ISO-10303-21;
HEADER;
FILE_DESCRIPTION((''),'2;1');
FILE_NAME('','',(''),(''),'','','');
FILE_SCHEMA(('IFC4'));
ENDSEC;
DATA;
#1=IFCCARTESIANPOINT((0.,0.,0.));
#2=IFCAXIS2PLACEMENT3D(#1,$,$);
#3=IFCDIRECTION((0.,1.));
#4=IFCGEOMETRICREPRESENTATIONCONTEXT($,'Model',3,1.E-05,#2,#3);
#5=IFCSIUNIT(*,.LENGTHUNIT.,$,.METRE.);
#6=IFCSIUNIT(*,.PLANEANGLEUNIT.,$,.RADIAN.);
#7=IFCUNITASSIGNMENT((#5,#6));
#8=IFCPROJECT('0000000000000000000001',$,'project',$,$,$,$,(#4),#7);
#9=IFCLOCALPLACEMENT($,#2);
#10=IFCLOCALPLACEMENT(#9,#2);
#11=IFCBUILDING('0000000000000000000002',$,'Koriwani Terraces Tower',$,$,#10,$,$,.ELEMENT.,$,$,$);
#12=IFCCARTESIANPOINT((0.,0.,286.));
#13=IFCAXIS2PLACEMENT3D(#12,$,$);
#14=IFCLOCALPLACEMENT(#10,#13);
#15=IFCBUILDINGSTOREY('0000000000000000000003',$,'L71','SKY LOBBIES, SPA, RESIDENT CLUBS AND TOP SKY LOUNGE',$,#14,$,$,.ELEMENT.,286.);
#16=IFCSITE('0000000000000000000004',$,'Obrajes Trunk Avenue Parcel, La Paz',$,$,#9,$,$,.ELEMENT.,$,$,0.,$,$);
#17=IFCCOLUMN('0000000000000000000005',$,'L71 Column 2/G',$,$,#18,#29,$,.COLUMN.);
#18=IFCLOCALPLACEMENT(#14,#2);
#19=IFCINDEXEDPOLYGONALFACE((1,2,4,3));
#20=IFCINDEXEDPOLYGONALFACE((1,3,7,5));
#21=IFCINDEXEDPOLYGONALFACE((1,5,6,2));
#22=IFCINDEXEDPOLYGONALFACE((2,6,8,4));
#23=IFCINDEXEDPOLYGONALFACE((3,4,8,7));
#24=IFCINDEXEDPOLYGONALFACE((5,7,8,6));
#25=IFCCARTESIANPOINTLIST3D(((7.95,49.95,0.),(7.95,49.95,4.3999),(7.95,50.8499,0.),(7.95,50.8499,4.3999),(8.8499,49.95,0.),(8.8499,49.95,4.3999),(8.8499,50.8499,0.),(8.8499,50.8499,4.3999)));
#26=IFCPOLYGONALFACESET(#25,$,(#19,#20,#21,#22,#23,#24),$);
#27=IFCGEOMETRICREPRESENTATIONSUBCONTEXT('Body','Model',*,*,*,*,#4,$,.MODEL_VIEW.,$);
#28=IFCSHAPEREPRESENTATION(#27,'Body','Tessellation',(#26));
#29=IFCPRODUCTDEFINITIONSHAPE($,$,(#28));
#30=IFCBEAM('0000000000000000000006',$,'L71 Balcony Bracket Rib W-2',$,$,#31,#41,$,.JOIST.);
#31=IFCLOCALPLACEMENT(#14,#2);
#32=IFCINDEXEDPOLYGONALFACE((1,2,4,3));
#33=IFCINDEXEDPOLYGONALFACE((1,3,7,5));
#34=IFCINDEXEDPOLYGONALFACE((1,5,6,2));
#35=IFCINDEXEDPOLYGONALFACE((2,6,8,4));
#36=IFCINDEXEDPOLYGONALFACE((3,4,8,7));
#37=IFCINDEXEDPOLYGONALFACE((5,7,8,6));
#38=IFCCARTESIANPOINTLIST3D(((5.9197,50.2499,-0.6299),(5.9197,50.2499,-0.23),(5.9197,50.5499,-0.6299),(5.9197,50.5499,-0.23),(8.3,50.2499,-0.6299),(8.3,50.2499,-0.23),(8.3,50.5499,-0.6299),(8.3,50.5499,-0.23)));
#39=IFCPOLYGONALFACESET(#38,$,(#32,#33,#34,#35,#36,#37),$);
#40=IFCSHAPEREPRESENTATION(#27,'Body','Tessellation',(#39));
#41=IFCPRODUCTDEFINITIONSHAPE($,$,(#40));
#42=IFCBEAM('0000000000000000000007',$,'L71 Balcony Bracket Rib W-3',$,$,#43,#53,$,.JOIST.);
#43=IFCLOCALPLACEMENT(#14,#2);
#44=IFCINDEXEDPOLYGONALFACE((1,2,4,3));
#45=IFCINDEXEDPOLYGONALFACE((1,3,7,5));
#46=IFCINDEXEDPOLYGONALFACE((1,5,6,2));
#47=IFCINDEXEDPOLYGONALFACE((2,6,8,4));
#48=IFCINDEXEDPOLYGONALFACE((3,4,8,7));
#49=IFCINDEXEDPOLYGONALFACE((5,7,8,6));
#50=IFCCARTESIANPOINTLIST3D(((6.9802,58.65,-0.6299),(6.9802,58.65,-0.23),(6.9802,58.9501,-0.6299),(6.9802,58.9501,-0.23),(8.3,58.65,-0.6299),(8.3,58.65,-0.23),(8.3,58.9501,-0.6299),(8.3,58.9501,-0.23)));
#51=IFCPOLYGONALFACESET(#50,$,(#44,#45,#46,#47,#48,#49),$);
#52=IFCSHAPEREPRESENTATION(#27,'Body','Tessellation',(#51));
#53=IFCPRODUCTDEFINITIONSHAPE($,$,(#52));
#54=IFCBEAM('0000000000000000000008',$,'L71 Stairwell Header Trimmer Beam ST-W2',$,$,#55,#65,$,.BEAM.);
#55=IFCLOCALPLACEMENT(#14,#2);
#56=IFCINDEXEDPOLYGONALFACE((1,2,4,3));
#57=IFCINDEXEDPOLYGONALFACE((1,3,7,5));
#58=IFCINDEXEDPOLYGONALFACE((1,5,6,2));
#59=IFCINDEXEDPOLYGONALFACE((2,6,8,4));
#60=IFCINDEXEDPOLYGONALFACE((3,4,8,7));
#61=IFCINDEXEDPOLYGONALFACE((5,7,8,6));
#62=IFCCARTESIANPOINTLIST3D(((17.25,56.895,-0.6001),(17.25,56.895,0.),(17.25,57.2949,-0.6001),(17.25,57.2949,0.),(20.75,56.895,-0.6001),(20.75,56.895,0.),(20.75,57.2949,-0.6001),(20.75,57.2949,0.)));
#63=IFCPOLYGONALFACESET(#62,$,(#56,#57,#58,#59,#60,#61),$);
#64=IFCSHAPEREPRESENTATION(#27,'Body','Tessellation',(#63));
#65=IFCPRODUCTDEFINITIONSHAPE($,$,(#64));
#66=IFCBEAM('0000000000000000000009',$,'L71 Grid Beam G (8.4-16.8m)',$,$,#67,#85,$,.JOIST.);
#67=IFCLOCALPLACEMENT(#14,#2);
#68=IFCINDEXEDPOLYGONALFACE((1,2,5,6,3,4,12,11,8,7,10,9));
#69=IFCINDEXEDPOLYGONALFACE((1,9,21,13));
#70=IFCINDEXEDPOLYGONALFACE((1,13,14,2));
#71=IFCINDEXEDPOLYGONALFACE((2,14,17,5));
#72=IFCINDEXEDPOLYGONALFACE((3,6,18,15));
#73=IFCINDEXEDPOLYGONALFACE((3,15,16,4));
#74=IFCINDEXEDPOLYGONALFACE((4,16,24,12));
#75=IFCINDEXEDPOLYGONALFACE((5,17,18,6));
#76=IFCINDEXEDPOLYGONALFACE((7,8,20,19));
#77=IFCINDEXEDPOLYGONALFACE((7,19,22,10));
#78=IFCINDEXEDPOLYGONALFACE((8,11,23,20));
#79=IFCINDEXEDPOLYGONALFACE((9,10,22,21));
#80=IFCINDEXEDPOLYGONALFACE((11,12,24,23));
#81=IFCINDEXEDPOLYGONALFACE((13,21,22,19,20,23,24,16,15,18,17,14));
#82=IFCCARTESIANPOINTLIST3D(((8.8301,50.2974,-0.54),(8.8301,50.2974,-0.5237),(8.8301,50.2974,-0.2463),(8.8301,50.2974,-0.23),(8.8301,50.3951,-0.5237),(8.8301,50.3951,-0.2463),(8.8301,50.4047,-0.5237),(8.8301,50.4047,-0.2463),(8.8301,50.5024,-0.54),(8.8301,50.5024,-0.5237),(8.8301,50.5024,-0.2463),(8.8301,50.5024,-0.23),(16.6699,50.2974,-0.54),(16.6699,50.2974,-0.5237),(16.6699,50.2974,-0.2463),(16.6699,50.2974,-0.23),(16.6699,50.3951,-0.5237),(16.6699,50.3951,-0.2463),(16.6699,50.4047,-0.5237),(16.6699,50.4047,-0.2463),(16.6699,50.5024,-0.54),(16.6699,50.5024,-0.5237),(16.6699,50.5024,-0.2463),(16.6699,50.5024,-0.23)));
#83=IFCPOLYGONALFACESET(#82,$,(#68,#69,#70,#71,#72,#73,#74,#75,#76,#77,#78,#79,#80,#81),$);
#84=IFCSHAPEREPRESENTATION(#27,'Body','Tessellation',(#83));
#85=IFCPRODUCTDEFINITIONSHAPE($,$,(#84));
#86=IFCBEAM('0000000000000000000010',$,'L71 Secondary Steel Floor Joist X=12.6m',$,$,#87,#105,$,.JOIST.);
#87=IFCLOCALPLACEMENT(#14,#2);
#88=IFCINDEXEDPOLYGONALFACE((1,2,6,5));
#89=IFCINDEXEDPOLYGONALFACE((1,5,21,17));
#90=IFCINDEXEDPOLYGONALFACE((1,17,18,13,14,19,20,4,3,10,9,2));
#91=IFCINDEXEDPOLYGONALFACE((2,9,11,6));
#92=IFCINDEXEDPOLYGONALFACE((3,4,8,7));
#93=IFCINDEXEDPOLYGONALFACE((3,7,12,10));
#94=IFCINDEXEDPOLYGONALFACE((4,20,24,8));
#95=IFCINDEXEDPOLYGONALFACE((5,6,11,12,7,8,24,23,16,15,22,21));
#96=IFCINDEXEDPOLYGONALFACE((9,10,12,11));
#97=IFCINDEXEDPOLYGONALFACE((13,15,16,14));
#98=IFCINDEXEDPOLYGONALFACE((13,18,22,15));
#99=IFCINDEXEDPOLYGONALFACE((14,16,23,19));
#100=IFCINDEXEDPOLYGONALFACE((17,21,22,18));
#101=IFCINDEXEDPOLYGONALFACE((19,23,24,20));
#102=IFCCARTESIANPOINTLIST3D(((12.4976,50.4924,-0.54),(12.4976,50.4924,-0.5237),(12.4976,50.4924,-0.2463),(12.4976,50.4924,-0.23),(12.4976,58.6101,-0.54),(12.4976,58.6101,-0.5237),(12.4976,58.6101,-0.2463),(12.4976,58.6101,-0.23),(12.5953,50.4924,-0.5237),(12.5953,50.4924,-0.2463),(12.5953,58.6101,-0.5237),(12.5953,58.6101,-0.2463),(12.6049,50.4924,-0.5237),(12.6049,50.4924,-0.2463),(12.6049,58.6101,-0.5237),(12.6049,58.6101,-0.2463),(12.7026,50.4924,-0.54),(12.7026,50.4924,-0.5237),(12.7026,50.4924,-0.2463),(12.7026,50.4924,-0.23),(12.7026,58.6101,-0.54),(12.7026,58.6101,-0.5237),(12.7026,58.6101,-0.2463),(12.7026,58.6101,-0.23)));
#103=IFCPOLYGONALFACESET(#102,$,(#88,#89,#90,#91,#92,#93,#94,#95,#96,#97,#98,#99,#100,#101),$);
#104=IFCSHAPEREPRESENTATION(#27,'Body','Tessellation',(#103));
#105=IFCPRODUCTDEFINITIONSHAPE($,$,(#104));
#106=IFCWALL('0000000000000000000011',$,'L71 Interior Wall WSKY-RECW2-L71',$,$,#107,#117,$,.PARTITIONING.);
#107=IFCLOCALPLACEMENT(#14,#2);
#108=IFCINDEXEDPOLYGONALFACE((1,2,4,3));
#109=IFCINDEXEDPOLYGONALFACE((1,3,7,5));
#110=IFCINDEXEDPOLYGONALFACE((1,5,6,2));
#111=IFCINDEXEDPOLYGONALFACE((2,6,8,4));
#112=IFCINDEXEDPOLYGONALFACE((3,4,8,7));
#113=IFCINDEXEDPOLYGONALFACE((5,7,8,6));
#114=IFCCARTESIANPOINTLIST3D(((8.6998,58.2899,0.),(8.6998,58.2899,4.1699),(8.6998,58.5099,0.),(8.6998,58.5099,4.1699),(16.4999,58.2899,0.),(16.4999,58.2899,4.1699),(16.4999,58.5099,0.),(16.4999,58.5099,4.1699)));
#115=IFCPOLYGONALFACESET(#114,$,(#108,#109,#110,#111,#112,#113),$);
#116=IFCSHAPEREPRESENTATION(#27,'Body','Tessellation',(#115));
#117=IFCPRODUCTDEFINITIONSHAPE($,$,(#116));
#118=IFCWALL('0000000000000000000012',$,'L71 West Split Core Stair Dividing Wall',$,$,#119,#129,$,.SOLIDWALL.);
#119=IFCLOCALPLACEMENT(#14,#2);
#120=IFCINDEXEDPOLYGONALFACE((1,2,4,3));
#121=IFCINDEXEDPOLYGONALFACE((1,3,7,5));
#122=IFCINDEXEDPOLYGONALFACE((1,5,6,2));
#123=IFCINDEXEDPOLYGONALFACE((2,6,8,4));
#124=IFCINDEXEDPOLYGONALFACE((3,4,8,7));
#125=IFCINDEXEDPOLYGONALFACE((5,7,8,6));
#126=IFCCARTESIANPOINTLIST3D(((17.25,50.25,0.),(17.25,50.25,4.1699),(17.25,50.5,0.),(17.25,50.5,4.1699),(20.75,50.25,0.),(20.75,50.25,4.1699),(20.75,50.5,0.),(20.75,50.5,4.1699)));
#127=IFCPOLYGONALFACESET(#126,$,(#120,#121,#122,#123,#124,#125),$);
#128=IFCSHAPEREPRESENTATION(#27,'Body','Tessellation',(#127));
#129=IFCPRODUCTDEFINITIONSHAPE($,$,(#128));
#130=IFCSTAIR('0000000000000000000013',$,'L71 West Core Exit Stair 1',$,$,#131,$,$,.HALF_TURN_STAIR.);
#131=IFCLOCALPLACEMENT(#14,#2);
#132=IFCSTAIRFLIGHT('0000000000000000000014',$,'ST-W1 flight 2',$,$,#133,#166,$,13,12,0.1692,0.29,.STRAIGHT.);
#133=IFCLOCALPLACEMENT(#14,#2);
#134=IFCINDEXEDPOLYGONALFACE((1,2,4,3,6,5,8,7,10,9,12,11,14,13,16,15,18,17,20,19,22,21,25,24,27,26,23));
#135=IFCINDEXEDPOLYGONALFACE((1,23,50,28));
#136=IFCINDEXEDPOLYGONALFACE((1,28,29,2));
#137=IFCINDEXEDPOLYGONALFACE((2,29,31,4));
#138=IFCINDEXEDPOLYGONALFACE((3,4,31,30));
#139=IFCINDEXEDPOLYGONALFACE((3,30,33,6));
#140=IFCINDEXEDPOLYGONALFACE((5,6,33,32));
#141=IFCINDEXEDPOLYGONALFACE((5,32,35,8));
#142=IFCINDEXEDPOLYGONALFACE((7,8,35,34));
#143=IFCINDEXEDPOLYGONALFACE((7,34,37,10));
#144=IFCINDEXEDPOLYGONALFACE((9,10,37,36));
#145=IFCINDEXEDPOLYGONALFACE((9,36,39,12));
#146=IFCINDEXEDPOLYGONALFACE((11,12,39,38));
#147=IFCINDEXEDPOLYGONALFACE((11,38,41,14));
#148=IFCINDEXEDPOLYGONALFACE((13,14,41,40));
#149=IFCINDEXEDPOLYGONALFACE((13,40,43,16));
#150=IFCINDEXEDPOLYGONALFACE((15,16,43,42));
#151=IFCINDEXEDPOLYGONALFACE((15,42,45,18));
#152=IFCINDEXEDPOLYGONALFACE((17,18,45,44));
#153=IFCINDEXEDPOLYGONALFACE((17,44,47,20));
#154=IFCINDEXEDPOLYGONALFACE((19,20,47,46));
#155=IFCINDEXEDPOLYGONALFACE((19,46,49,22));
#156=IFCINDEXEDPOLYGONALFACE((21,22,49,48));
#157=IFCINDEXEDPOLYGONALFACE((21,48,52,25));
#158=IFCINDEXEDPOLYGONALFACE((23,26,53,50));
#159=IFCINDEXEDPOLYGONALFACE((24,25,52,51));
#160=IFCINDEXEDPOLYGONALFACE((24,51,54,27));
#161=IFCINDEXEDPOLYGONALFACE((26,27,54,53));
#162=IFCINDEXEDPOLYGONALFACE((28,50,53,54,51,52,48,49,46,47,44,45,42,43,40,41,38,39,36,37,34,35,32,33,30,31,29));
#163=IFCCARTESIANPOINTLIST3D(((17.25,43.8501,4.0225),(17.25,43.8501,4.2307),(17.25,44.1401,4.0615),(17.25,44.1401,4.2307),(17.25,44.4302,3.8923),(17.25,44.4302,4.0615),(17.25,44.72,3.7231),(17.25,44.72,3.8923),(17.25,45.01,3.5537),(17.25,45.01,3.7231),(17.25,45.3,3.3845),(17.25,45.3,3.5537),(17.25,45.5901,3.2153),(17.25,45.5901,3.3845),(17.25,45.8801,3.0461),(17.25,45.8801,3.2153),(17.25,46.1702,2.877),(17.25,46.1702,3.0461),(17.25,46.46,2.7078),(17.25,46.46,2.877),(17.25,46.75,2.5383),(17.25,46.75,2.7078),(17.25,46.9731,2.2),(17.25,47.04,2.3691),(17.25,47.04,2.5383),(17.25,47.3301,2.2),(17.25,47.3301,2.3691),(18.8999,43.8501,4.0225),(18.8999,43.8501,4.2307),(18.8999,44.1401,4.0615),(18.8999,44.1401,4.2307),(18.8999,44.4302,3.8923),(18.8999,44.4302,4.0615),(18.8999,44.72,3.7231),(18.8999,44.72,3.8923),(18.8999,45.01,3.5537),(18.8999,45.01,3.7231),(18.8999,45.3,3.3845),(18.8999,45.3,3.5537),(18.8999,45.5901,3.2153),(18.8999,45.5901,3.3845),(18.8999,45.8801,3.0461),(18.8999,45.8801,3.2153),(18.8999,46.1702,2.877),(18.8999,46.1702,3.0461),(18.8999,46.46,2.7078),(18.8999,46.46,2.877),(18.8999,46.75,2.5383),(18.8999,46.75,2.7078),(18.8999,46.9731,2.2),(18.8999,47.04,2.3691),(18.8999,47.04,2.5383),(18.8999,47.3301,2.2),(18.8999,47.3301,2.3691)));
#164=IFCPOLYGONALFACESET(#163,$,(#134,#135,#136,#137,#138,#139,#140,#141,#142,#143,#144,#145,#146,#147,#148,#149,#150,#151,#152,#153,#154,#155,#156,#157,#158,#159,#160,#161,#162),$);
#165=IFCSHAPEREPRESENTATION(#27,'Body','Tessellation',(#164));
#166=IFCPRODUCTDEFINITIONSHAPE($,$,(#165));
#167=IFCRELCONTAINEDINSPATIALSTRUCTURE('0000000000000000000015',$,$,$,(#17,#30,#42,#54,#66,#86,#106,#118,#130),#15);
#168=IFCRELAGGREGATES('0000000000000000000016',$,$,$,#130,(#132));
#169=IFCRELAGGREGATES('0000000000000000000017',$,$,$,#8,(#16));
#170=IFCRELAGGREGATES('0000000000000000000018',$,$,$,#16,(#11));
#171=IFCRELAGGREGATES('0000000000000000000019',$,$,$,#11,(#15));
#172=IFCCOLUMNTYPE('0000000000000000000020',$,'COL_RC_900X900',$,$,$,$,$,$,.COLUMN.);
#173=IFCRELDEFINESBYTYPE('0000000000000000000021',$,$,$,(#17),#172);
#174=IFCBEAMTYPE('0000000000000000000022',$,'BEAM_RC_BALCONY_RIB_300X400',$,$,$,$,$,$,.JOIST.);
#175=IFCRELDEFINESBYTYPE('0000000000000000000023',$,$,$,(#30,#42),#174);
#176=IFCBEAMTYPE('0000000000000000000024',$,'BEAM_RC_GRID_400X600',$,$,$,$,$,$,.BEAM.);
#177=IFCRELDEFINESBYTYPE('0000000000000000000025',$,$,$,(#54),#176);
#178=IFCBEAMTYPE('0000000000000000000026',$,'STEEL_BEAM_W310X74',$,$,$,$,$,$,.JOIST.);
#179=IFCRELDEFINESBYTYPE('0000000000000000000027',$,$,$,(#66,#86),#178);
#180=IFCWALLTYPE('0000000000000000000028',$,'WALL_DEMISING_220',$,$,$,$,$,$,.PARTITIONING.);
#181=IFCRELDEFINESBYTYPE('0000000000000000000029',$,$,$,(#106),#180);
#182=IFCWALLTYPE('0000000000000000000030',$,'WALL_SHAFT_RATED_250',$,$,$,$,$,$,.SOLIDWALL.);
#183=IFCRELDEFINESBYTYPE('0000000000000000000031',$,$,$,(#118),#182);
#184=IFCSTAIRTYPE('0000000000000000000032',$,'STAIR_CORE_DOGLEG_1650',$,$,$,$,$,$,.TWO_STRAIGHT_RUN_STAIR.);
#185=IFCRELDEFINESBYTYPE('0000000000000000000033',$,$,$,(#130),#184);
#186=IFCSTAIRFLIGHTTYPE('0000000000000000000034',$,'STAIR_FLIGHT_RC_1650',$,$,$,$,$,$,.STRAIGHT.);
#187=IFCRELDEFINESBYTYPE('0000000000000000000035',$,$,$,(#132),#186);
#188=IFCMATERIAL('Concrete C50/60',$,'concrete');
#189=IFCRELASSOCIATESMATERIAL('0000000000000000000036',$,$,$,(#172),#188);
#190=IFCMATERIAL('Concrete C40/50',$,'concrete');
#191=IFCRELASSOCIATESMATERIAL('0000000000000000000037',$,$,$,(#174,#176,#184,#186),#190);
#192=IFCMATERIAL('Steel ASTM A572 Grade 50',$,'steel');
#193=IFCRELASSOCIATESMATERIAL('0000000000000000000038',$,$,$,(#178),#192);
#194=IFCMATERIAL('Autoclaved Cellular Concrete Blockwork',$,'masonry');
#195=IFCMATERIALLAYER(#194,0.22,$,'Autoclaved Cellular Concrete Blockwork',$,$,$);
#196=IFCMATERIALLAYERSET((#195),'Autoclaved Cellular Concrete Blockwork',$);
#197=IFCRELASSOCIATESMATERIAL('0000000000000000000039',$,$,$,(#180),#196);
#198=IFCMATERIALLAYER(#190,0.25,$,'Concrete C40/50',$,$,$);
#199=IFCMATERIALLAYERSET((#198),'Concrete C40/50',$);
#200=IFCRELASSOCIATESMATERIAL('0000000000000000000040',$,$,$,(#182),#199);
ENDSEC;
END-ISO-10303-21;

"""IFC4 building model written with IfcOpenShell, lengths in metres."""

from ifc_helpers import new_model, si_unit, direction, frame, frame_2d, origin, origin_2d, place, context, subcontext, project, spatial, polyline, rectangle, i_section, outline, extrude, material, layer, layer_set, material_profile, profile_set, type_object, element, aggregate, save


model = new_model("IFC4")

# Units and contexts
model_context = context("Model", 3, precision=1e-05, world=origin(), true_north=direction((0.0, 1.0)))
body_context = subcontext(model_context, "Body", "Model", "MODEL_VIEW")
ifc_project = project(units=[si_unit("LENGTHUNIT", "METRE"), si_unit("PLANEANGLEUNIT", "RADIAN")], contexts=[model_context])

# Site, building, storey
site_placement = place(None, origin())
site = spatial("IfcSite", under=ifc_project, at=site_placement, Name="Obrajes Trunk Avenue Parcel, La Paz", CompositionType="ELEMENT", RefElevation=0.0)
building_placement = place(site_placement, origin())
building = spatial("IfcBuilding", under=site, at=building_placement, Name="Koriwani Terraces Tower", CompositionType="ELEMENT")
storey_placement = place(building_placement, frame((0.0, 0.0, 286.0)))
storey = spatial("IfcBuildingStorey", under=building, at=storey_placement, Name="L71", Description="SKY LOBBIES, SPA, RESIDENT CLUBS AND TOP SKY LOUNGE", CompositionType="ELEMENT", Elevation=286.0)

# Column
ifc_material_1 = material(Name="Concrete C50/60", Category="concrete")
ifc_material_profile_1 = material_profile(ifc_material_1, rectangle(XDim=0.8999, YDim=0.8999, at=origin_2d()), Name="Concrete C50/60", Category="LoadBearing")
ifc_profile_set_1 = profile_set([ifc_material_profile_1], Name="Concrete C50/60")
column_type = type_object("IfcColumnType", Name="COL_RC_900X900", PredefinedType="COLUMN", material=ifc_profile_set_1)
column_placement = place(storey_placement, frame((8.3999, 50.3999, 0.0), z_axis=(0.0, 0.0, 1.0), x_axis=(1.0, 0.0, 0.0)))
element("IfcColumn", 1, at=column_placement, inside=storey, type_object=column_type, Name="L71 Column 2/G", PredefinedType="COLUMN", context=body_context, shape_type="SweptSolid", body=[
    extrude(rectangle(XDim=0.8999, YDim=0.8999, at=origin_2d()), origin(), (0.0, 0.0, 1.0), 4.3999),
])

# Beams
ifc_material_2 = material(Name="Concrete C40/50", Category="concrete")
ifc_material_profile_2 = material_profile(ifc_material_2, rectangle(XDim=0.3, YDim=0.3999, at=origin_2d()), Name="Concrete C40/50", Category="LoadBearing")
ifc_profile_set_2 = profile_set([ifc_material_profile_2], Name="Concrete C40/50")
beam_type_1 = type_object("IfcBeamType", Name="BEAM_RC_BALCONY_RIB_300X400", PredefinedType="JOIST", material=ifc_profile_set_2)
beam_1_placement = place(storey_placement, frame((5.9197, 50.3999, -0.4299), z_axis=(1.0, 0.0, 0.0), x_axis=(0.0, 1.0, 0.0)))
element("IfcBeam", 2, at=beam_1_placement, inside=storey, type_object=beam_type_1, Name="L71 Balcony Bracket Rib W-2", PredefinedType="JOIST", context=body_context, shape_type="SweptSolid", body=[
    extrude(rectangle(XDim=0.3, YDim=0.3999, at=origin_2d()), origin(), (0.0, 0.0, 1.0), 2.3804),
])
beam_2_placement = place(storey_placement, frame((6.9802, 58.8, -0.4299), z_axis=(1.0, 0.0, 0.0), x_axis=(0.0, 1.0, 0.0)))
element("IfcBeam", 3, at=beam_2_placement, inside=storey, type_object=beam_type_1, Name="L71 Balcony Bracket Rib W-3", PredefinedType="JOIST", context=body_context, shape_type="SweptSolid", body=[
    extrude(rectangle(XDim=0.3, YDim=0.3999, at=origin_2d()), origin(), (0.0, 0.0, 1.0), 1.3198),
])
ifc_material_profile_3 = material_profile(ifc_material_2, rectangle(XDim=0.3999, YDim=0.6001, at=origin_2d()), Name="Concrete C40/50", Category="LoadBearing")
ifc_profile_set_3 = profile_set([ifc_material_profile_3], Name="Concrete C40/50")
beam_type_2 = type_object("IfcBeamType", Name="BEAM_RC_GRID_400X600", PredefinedType="BEAM", material=ifc_profile_set_3)
beam_3_placement = place(storey_placement, frame((17.25, 57.095, -0.3), z_axis=(1.0, 0.0, 0.0), x_axis=(0.0, 1.0, 0.0)))
element("IfcBeam", 4, at=beam_3_placement, inside=storey, type_object=beam_type_2, Name="L71 Stairwell Header Trimmer Beam ST-W2", PredefinedType="BEAM", context=body_context, shape_type="SweptSolid", body=[
    extrude(rectangle(XDim=0.3999, YDim=0.6001, at=origin_2d()), origin(), (0.0, 0.0, 1.0), 3.5),
])
ifc_material_3 = material(Name="Steel ASTM A572 Grade 50", Category="steel")
ifc_material_profile_4 = material_profile(ifc_material_3, i_section(OverallWidth=0.2051, OverallDepth=0.3101, WebThickness=0.0095, FlangeThickness=0.0164, at=origin_2d()), Name="Steel ASTM A572 Grade 50", Category="LoadBearing")
ifc_profile_set_4 = profile_set([ifc_material_profile_4], Name="Steel ASTM A572 Grade 50")
beam_type_3 = type_object("IfcBeamType", Name="STEEL_BEAM_W310X74", PredefinedType="JOIST", material=ifc_profile_set_4)
beam_4_placement = place(storey_placement, frame((8.8301, 50.3999, -0.385), z_axis=(1.0, 0.0, 0.0), x_axis=(0.0, 1.0, 0.0)))
element("IfcBeam", 5, at=beam_4_placement, inside=storey, type_object=beam_type_3, Name="L71 Grid Beam G (8.4-16.8m)", PredefinedType="JOIST", context=body_context, shape_type="SweptSolid", body=[
    extrude(i_section(OverallWidth=0.2051, OverallDepth=0.3101, WebThickness=0.0095, FlangeThickness=0.0164, at=origin_2d()), origin(), (0.0, 0.0, 1.0), 7.8398),
])
beam_5_placement = place(storey_placement, frame((12.6001, 50.4924, -0.385), z_axis=(0.0, 1.0, 0.0), x_axis=(-1.0, 0.0, 0.0)))
element("IfcBeam", 6, at=beam_5_placement, inside=storey, type_object=beam_type_3, Name="L71 Secondary Steel Floor Joist X=12.6m", PredefinedType="JOIST", context=body_context, shape_type="SweptSolid", body=[
    extrude(i_section(OverallWidth=0.2051, OverallDepth=0.3101, WebThickness=0.0095, FlangeThickness=0.0164, at=origin_2d()), origin(), (0.0, 0.0, 1.0), 8.1177),
])

# Walls
ifc_material_4 = material(Name="Autoclaved Cellular Concrete Blockwork", Category="masonry")
ifc_layer_1 = layer(ifc_material_4, 0.22, Name="Autoclaved Cellular Concrete Blockwork")
ifc_layer_set_1 = layer_set([ifc_layer_1], Name="Autoclaved Cellular Concrete Blockwork")
wall_type_1 = type_object("IfcWallType", Name="WALL_DEMISING_220", PredefinedType="PARTITIONING", material=ifc_layer_set_1)
wall_1_placement = place(storey_placement, frame((8.7, 58.3999, 0.0), z_axis=(0.0, 0.0, 1.0), x_axis=(1.0, 0.0, 0.0)))
element("IfcWall", 7, at=wall_1_placement, inside=storey, type_object=wall_type_1, Name="L71 Interior Wall WSKY-RECW2-L71", PredefinedType="PARTITIONING", context=body_context, shape_type="SweptSolid", body=[
    extrude(rectangle(XDim=7.8, YDim=0.22, at=frame_2d((3.8999, 0.0))), origin(), (0.0, 0.0, 1.0), 4.1699),
])
ifc_layer_2 = layer(ifc_material_2, 0.25, Name="Concrete C40/50")
ifc_layer_set_2 = layer_set([ifc_layer_2], Name="Concrete C40/50")
wall_type_2 = type_object("IfcWallType", Name="WALL_SHAFT_RATED_250", PredefinedType="SOLIDWALL", material=ifc_layer_set_2)
wall_2_placement = place(storey_placement, frame((17.25, 50.375, 0.0), z_axis=(0.0, 0.0, 1.0), x_axis=(1.0, 0.0, 0.0)))
element("IfcWall", 8, at=wall_2_placement, inside=storey, type_object=wall_type_2, Name="L71 West Split Core Stair Dividing Wall", PredefinedType="SOLIDWALL", context=body_context, shape_type="SweptSolid", body=[
    extrude(rectangle(XDim=3.5, YDim=0.25, at=frame_2d((1.75, 0.0))), origin(), (0.0, 0.0, 1.0), 4.1699),
])

# Stair, stair flight
stair_type = type_object("IfcStairType", Name="STAIR_CORE_DOGLEG_1650", PredefinedType="TWO_STRAIGHT_RUN_STAIR", material=ifc_material_2)
stair_1_placement = place(storey_placement, origin())
stair_1 = element("IfcStair", 9, at=stair_1_placement, inside=storey, type_object=stair_type, Name="L71 West Core Exit Stair 1", PredefinedType="HALF_TURN_STAIR")
stair_flight_type = type_object("IfcStairFlightType", Name="STAIR_FLIGHT_RC_1650", PredefinedType="STRAIGHT", material=ifc_material_2)
stair_flight_1_placement = place(storey_placement, frame((18.075, 47.3301, 2.2), z_axis=(0.0, 0.0, 1.0), x_axis=(0.0, -1.0, 0.0)))
stair_flight_1 = element("IfcStairFlight", 10, at=stair_flight_1_placement, type_object=stair_flight_type, Name="ST-W1 flight 2", NumberOfRisers=13, NumberOfTreads=12, PredefinedType="STRAIGHT", RiserHeight=0.1692, TreadLength=0.29, context=body_context, shape_type="SweptSolid", body=[
    extrude(outline(polyline([(0.0, 0.0), (0.0, 0.1692), (0.29, 0.1692), (0.29, 0.3384), (0.5801, 0.3384), (0.5801, 0.5078), (0.8701, 0.5078), (0.8701, 0.677), (1.1599, 0.677), (1.1599, 0.8462), (1.45, 0.8462), (1.45, 1.0154), (1.74, 1.0154), (1.74, 1.1846), (2.03, 1.1846), (2.03, 1.3538), (2.3201, 1.3538), (2.3201, 1.5232), (2.6101, 1.5232), (2.6101, 1.6924), (2.8999, 1.6924), (2.8999, 1.8616), (3.1899, 1.8616), (3.1899, 2.0308), (3.48, 2.0308), (3.48, 2.2), (3.48, 1.8225), (0.3569, 0.0), (0.0, 0.0)])), frame((0.0, 0.825, 0.0), z_axis=(0.0, -1.0, 0.0), x_axis=(1.0, 0.0, 0.0)), (0.0, 0.0, 1.0), 1.6499),
])
aggregate(stair_1, [stair_flight_1])

save(model, "model.ifc")
